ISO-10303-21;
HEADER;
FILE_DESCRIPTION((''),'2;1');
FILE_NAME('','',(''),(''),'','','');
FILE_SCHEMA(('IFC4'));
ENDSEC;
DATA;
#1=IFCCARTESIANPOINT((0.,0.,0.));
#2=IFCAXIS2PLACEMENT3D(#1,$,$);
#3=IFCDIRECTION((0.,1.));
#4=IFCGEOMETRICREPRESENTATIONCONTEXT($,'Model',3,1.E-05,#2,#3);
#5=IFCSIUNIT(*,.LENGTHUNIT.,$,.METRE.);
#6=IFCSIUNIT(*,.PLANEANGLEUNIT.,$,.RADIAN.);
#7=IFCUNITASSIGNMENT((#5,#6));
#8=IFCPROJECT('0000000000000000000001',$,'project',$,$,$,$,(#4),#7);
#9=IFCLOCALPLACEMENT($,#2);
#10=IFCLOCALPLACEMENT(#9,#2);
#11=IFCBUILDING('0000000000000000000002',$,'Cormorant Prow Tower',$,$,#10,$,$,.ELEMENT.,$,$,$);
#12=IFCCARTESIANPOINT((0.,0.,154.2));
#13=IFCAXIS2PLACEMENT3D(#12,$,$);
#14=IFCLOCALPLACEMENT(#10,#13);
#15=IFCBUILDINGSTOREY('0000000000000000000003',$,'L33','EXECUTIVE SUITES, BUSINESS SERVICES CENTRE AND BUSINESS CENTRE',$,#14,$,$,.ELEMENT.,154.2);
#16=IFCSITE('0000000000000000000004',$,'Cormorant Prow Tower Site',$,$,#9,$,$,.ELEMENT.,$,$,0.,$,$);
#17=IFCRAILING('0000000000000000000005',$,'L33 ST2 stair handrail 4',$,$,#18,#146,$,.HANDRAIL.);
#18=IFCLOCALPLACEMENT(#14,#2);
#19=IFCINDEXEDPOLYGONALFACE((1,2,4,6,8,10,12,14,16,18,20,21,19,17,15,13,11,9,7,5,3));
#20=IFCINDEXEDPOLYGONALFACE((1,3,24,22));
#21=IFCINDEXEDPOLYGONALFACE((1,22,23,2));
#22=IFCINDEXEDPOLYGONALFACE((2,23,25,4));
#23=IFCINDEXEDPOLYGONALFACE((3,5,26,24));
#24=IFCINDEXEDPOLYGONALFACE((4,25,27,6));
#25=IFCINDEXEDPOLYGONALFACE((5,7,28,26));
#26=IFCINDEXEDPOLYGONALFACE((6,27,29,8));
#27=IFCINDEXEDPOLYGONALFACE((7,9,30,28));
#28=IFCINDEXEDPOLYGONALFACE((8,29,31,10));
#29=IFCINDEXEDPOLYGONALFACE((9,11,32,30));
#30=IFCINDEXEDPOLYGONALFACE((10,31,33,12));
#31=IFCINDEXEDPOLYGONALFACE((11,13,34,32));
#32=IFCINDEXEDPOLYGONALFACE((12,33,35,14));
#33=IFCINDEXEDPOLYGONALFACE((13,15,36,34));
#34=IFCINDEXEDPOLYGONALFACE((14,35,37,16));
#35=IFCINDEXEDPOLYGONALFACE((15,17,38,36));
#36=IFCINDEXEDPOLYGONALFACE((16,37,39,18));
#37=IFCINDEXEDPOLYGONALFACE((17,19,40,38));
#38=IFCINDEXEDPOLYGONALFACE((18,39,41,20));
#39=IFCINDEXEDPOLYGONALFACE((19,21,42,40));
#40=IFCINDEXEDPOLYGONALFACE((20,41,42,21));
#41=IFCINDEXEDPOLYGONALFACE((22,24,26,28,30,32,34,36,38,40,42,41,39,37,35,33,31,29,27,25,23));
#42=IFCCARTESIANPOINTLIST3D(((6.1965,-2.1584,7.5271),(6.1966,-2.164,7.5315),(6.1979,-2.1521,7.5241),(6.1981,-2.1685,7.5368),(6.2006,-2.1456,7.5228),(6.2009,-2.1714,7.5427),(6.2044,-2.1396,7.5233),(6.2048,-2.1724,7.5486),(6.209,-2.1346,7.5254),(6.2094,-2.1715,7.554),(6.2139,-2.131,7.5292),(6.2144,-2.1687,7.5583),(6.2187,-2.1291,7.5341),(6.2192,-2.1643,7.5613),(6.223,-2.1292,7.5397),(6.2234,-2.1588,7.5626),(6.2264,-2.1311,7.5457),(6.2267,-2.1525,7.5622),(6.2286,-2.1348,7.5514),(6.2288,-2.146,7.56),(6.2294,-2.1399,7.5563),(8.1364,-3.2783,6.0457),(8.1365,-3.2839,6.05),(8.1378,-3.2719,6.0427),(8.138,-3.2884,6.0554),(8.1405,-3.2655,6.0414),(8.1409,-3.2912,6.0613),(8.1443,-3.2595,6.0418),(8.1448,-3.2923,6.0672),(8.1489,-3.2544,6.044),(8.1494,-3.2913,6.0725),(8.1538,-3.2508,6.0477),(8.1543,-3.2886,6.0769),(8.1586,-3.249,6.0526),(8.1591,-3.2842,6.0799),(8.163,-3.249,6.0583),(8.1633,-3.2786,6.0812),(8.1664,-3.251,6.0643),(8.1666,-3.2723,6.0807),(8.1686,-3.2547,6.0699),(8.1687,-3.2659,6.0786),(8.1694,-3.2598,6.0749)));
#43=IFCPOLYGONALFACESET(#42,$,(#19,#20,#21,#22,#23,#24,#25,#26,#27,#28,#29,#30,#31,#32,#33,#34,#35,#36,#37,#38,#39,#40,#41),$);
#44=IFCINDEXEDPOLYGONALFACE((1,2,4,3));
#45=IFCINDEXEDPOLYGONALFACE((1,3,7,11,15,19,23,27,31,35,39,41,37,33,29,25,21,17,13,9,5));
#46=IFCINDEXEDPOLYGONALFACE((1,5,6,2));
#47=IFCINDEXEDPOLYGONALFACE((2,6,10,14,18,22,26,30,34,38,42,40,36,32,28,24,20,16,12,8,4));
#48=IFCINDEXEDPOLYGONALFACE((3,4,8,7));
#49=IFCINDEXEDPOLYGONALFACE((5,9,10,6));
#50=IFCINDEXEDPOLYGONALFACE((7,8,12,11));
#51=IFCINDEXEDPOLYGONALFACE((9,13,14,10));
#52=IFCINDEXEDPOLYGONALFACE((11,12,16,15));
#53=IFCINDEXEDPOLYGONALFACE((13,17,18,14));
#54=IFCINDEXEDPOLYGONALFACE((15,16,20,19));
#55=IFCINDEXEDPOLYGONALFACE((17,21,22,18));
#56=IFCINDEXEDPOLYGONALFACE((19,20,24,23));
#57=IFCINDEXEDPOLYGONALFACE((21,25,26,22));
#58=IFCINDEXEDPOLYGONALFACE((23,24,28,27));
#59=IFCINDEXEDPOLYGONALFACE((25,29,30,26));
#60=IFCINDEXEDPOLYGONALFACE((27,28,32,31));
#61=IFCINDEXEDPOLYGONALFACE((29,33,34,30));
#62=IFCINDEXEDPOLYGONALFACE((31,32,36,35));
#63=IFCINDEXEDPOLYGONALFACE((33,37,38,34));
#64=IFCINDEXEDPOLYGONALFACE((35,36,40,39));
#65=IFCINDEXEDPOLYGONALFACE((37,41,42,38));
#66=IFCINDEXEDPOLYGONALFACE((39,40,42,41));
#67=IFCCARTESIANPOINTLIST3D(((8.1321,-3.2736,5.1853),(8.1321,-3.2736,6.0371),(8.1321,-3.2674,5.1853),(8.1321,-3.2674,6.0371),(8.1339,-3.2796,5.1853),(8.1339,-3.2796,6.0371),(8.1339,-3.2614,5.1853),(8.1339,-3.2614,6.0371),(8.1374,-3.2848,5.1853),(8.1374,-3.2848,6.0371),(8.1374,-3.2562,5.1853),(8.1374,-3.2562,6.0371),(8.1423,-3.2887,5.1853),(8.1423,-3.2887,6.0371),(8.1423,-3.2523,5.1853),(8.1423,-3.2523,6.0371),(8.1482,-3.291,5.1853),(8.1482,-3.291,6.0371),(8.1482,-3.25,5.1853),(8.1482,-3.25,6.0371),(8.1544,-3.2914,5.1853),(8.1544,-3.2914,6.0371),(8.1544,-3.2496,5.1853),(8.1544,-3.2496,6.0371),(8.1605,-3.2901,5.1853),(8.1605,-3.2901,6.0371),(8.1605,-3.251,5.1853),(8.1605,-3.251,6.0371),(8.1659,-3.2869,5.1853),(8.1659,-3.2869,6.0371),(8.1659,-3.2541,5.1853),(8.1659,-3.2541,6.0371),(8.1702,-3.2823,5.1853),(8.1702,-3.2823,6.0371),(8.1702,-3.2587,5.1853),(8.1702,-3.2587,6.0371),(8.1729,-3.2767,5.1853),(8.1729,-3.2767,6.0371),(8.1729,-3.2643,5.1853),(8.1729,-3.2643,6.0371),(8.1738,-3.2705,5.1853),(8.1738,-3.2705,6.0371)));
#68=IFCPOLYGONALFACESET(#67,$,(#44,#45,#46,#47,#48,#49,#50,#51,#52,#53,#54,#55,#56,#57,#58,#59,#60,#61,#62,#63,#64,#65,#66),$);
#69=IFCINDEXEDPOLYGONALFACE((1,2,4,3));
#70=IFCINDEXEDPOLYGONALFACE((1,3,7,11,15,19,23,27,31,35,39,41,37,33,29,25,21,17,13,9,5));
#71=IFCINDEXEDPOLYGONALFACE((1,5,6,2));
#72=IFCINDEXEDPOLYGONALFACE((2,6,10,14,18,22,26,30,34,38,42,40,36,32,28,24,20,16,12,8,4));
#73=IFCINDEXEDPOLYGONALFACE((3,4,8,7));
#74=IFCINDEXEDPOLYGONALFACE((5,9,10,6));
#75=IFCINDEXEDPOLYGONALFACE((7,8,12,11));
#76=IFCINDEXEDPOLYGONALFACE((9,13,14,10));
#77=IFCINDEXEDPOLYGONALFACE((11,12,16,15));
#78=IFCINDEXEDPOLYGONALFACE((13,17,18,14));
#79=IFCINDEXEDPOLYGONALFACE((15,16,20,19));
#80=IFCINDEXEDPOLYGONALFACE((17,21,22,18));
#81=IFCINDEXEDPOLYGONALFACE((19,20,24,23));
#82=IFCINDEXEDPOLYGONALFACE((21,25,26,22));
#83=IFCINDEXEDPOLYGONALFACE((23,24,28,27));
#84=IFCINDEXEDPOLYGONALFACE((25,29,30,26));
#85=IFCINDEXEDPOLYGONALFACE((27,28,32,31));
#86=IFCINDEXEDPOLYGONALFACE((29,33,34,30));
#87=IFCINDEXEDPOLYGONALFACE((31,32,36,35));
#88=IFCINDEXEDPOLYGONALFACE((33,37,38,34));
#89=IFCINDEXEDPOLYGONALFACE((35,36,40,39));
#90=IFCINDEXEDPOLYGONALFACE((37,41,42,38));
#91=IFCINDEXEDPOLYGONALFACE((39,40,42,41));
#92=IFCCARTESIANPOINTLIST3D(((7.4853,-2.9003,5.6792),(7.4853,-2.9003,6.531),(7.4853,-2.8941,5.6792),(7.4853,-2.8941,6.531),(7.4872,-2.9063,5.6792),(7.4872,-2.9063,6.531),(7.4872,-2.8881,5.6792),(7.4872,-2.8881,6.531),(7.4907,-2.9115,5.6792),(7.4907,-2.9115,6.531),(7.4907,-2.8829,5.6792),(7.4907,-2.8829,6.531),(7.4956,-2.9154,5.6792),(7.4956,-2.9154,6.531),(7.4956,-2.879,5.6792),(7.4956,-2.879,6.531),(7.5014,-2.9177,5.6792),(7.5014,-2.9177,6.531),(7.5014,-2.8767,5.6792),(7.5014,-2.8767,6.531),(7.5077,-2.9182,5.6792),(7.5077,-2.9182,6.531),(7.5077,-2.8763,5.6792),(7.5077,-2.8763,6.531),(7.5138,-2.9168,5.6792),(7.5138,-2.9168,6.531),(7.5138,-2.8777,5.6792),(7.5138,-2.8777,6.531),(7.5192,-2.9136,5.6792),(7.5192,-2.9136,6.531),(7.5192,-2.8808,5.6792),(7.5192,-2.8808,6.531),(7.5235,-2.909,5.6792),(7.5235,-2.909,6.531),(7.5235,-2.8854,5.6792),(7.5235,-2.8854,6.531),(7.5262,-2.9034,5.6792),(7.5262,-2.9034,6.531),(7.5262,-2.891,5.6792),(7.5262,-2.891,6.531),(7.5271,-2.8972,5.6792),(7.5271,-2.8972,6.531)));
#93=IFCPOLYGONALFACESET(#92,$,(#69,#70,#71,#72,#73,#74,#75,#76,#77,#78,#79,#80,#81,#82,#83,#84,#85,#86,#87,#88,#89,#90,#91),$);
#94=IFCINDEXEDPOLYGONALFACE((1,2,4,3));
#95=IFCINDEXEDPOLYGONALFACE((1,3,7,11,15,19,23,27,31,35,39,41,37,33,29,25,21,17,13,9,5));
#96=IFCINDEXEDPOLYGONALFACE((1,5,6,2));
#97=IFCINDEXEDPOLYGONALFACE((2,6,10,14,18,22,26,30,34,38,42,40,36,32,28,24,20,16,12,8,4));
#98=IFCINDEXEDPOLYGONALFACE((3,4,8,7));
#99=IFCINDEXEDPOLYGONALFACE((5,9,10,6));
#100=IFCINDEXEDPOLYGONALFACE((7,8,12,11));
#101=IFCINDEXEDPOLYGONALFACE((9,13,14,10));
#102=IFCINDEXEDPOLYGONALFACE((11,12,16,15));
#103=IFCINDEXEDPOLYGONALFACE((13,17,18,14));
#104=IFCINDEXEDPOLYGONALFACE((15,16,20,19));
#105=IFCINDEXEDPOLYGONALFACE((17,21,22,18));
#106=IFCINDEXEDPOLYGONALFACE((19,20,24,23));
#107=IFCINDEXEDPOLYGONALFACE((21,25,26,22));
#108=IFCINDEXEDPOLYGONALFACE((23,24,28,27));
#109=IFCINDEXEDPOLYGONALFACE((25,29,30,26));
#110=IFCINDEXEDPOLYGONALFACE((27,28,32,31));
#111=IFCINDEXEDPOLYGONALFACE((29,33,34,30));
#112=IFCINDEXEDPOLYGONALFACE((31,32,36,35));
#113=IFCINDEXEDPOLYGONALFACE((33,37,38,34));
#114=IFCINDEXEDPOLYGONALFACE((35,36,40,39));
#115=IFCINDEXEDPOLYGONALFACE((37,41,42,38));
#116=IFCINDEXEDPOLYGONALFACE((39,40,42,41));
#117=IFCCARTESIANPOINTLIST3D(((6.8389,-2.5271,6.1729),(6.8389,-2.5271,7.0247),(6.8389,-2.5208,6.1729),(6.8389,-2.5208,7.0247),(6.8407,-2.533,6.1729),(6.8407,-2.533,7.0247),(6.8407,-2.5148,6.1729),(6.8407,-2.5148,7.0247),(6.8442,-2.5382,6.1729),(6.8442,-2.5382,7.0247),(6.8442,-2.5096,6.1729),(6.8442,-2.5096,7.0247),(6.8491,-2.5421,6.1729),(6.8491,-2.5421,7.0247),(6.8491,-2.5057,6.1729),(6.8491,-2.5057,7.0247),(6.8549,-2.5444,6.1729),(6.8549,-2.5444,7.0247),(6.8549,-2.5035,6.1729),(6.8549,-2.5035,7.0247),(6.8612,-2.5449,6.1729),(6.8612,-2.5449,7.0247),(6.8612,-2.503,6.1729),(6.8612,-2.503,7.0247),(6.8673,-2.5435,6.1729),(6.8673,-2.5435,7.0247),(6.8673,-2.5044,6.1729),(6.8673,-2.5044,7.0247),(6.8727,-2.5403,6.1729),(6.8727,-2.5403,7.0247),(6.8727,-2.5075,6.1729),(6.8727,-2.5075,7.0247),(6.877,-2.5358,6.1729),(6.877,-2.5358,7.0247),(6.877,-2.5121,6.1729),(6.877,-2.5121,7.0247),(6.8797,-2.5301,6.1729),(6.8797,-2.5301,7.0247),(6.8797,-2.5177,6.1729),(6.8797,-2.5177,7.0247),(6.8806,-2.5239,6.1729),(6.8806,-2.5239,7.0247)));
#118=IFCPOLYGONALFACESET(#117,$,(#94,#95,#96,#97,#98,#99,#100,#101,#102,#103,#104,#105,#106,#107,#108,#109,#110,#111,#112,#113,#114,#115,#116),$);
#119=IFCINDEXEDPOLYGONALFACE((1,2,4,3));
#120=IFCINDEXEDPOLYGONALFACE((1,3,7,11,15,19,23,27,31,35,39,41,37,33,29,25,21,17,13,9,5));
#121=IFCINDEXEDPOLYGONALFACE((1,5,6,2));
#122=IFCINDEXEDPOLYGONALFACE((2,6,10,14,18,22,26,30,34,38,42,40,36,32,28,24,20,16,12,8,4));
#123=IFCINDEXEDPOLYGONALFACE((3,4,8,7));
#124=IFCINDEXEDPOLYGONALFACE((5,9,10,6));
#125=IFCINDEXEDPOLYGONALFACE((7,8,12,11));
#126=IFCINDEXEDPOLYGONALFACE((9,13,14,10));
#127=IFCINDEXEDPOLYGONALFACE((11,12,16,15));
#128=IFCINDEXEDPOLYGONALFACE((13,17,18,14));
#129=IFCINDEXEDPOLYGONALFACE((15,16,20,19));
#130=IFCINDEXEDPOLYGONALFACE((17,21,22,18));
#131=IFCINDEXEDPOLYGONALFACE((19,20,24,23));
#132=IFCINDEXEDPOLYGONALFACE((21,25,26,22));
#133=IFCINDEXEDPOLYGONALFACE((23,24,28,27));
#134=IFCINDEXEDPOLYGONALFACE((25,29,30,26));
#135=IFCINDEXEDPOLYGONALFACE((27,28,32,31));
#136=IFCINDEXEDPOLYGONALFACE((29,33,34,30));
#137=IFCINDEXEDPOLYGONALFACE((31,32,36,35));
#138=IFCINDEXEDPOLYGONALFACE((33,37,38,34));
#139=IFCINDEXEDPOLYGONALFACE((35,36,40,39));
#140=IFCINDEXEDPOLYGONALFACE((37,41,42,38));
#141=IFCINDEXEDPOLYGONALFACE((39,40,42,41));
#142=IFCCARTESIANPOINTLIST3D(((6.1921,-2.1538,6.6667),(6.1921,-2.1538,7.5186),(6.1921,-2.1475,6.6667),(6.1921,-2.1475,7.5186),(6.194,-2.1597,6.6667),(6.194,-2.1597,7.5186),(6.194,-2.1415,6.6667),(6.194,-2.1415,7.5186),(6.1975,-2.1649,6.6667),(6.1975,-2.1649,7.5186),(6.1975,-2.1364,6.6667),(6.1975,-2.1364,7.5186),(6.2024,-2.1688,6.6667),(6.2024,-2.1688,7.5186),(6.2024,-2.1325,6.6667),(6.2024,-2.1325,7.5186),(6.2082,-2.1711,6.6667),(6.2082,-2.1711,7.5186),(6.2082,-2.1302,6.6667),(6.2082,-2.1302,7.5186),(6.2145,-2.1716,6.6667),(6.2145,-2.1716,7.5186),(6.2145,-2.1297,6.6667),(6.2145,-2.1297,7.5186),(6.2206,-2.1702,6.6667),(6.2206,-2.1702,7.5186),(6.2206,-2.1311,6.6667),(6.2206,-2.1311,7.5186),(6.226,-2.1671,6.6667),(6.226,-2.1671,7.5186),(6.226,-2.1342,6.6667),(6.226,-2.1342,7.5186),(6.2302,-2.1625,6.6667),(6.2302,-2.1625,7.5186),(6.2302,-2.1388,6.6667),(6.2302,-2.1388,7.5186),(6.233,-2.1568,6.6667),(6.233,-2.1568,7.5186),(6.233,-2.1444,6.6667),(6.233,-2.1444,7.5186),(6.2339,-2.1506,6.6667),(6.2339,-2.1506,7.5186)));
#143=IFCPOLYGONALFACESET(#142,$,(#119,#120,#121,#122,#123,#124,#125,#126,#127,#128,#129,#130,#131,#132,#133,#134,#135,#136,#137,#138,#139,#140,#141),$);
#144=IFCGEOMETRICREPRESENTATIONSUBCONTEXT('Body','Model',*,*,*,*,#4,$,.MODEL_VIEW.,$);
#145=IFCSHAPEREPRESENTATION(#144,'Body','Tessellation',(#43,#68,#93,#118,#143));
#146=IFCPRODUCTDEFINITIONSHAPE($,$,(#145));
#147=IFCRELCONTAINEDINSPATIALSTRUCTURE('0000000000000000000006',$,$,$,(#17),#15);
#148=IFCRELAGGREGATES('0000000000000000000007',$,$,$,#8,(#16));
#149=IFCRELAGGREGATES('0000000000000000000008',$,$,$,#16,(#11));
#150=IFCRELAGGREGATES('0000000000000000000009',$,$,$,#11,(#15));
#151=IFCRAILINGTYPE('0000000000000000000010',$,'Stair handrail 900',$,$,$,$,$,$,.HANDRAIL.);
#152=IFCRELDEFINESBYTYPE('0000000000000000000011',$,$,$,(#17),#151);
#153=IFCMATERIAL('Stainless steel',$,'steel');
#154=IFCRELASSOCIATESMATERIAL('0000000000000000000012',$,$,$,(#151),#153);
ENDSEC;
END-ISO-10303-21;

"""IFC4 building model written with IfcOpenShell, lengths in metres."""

from ifc_helpers import new_model, si_unit, direction, frame, origin, origin_2d, place, context, subcontext, project, spatial, circle, extrude, material, type_object, element, save


model = new_model("IFC4")

# Units and contexts
model_context = context("Model", 3, precision=1e-05, world=origin(), true_north=direction((0.0, 1.0)))
body_context = subcontext(model_context, "Body", "Model", "MODEL_VIEW")
ifc_project = project(units=[si_unit("LENGTHUNIT", "METRE"), si_unit("PLANEANGLEUNIT", "RADIAN")], contexts=[model_context])

# Site, building, storey
site_placement = place(None, origin())
site = spatial("IfcSite", under=ifc_project, at=site_placement, Name="Cormorant Prow Tower Site", CompositionType="ELEMENT", RefElevation=0.0)
building_placement = place(site_placement, origin())
building = spatial("IfcBuilding", under=site, at=building_placement, Name="Cormorant Prow Tower", CompositionType="ELEMENT")
storey_placement = place(building_placement, frame((0.0, 0.0, 154.2)))
storey = spatial("IfcBuildingStorey", under=building, at=storey_placement, Name="L33", Description="EXECUTIVE SUITES, BUSINESS SERVICES CENTRE AND BUSINESS CENTRE", CompositionType="ELEMENT", Elevation=154.2)

# Railing
ifc_material_1 = material(Name="Stainless steel", Category="steel")
railing_type_1 = type_object("IfcRailingType", Name="Stair handrail 900", PredefinedType="HANDRAIL", material=ifc_material_1)
railing_1_placement = place(storey_placement, frame((8.1528, -3.2705, 5.1853)))
element("IfcRailing", 1, at=railing_1_placement, inside=storey, type_object=railing_type_1, Name="L33 ST2 stair handrail 4", PredefinedType="HANDRAIL", context=body_context, shape_type="SweptSolid", body=[
    extrude(circle(Radius=0.0239, at=origin_2d()), frame((0.0, 0.0, 0.876), z_axis=(-0.722363, 0.417, 0.551636), x_axis=(-0.499949, -0.866055, 0.0)), (0.0, 0.0, 1.0), 2.6855),
    extrude(circle(Radius=0.021, at=origin_2d()), origin(), (0.0, 0.0, 1.0), 0.8518),
    extrude(circle(Radius=0.021, at=origin_2d()), frame((-0.6467, 0.3733, 0.4939)), (0.0, 0.0, 1.0), 0.8518),
    extrude(circle(Radius=0.021, at=origin_2d()), frame((-1.2932, 0.7466, 0.9875)), (0.0, 0.0, 1.0), 0.8518),
    extrude(circle(Radius=0.021, at=origin_2d()), frame((-1.9399, 1.1199, 1.4814)), (0.0, 0.0, 1.0), 0.8518),
])

save(model, "model.ifc")
